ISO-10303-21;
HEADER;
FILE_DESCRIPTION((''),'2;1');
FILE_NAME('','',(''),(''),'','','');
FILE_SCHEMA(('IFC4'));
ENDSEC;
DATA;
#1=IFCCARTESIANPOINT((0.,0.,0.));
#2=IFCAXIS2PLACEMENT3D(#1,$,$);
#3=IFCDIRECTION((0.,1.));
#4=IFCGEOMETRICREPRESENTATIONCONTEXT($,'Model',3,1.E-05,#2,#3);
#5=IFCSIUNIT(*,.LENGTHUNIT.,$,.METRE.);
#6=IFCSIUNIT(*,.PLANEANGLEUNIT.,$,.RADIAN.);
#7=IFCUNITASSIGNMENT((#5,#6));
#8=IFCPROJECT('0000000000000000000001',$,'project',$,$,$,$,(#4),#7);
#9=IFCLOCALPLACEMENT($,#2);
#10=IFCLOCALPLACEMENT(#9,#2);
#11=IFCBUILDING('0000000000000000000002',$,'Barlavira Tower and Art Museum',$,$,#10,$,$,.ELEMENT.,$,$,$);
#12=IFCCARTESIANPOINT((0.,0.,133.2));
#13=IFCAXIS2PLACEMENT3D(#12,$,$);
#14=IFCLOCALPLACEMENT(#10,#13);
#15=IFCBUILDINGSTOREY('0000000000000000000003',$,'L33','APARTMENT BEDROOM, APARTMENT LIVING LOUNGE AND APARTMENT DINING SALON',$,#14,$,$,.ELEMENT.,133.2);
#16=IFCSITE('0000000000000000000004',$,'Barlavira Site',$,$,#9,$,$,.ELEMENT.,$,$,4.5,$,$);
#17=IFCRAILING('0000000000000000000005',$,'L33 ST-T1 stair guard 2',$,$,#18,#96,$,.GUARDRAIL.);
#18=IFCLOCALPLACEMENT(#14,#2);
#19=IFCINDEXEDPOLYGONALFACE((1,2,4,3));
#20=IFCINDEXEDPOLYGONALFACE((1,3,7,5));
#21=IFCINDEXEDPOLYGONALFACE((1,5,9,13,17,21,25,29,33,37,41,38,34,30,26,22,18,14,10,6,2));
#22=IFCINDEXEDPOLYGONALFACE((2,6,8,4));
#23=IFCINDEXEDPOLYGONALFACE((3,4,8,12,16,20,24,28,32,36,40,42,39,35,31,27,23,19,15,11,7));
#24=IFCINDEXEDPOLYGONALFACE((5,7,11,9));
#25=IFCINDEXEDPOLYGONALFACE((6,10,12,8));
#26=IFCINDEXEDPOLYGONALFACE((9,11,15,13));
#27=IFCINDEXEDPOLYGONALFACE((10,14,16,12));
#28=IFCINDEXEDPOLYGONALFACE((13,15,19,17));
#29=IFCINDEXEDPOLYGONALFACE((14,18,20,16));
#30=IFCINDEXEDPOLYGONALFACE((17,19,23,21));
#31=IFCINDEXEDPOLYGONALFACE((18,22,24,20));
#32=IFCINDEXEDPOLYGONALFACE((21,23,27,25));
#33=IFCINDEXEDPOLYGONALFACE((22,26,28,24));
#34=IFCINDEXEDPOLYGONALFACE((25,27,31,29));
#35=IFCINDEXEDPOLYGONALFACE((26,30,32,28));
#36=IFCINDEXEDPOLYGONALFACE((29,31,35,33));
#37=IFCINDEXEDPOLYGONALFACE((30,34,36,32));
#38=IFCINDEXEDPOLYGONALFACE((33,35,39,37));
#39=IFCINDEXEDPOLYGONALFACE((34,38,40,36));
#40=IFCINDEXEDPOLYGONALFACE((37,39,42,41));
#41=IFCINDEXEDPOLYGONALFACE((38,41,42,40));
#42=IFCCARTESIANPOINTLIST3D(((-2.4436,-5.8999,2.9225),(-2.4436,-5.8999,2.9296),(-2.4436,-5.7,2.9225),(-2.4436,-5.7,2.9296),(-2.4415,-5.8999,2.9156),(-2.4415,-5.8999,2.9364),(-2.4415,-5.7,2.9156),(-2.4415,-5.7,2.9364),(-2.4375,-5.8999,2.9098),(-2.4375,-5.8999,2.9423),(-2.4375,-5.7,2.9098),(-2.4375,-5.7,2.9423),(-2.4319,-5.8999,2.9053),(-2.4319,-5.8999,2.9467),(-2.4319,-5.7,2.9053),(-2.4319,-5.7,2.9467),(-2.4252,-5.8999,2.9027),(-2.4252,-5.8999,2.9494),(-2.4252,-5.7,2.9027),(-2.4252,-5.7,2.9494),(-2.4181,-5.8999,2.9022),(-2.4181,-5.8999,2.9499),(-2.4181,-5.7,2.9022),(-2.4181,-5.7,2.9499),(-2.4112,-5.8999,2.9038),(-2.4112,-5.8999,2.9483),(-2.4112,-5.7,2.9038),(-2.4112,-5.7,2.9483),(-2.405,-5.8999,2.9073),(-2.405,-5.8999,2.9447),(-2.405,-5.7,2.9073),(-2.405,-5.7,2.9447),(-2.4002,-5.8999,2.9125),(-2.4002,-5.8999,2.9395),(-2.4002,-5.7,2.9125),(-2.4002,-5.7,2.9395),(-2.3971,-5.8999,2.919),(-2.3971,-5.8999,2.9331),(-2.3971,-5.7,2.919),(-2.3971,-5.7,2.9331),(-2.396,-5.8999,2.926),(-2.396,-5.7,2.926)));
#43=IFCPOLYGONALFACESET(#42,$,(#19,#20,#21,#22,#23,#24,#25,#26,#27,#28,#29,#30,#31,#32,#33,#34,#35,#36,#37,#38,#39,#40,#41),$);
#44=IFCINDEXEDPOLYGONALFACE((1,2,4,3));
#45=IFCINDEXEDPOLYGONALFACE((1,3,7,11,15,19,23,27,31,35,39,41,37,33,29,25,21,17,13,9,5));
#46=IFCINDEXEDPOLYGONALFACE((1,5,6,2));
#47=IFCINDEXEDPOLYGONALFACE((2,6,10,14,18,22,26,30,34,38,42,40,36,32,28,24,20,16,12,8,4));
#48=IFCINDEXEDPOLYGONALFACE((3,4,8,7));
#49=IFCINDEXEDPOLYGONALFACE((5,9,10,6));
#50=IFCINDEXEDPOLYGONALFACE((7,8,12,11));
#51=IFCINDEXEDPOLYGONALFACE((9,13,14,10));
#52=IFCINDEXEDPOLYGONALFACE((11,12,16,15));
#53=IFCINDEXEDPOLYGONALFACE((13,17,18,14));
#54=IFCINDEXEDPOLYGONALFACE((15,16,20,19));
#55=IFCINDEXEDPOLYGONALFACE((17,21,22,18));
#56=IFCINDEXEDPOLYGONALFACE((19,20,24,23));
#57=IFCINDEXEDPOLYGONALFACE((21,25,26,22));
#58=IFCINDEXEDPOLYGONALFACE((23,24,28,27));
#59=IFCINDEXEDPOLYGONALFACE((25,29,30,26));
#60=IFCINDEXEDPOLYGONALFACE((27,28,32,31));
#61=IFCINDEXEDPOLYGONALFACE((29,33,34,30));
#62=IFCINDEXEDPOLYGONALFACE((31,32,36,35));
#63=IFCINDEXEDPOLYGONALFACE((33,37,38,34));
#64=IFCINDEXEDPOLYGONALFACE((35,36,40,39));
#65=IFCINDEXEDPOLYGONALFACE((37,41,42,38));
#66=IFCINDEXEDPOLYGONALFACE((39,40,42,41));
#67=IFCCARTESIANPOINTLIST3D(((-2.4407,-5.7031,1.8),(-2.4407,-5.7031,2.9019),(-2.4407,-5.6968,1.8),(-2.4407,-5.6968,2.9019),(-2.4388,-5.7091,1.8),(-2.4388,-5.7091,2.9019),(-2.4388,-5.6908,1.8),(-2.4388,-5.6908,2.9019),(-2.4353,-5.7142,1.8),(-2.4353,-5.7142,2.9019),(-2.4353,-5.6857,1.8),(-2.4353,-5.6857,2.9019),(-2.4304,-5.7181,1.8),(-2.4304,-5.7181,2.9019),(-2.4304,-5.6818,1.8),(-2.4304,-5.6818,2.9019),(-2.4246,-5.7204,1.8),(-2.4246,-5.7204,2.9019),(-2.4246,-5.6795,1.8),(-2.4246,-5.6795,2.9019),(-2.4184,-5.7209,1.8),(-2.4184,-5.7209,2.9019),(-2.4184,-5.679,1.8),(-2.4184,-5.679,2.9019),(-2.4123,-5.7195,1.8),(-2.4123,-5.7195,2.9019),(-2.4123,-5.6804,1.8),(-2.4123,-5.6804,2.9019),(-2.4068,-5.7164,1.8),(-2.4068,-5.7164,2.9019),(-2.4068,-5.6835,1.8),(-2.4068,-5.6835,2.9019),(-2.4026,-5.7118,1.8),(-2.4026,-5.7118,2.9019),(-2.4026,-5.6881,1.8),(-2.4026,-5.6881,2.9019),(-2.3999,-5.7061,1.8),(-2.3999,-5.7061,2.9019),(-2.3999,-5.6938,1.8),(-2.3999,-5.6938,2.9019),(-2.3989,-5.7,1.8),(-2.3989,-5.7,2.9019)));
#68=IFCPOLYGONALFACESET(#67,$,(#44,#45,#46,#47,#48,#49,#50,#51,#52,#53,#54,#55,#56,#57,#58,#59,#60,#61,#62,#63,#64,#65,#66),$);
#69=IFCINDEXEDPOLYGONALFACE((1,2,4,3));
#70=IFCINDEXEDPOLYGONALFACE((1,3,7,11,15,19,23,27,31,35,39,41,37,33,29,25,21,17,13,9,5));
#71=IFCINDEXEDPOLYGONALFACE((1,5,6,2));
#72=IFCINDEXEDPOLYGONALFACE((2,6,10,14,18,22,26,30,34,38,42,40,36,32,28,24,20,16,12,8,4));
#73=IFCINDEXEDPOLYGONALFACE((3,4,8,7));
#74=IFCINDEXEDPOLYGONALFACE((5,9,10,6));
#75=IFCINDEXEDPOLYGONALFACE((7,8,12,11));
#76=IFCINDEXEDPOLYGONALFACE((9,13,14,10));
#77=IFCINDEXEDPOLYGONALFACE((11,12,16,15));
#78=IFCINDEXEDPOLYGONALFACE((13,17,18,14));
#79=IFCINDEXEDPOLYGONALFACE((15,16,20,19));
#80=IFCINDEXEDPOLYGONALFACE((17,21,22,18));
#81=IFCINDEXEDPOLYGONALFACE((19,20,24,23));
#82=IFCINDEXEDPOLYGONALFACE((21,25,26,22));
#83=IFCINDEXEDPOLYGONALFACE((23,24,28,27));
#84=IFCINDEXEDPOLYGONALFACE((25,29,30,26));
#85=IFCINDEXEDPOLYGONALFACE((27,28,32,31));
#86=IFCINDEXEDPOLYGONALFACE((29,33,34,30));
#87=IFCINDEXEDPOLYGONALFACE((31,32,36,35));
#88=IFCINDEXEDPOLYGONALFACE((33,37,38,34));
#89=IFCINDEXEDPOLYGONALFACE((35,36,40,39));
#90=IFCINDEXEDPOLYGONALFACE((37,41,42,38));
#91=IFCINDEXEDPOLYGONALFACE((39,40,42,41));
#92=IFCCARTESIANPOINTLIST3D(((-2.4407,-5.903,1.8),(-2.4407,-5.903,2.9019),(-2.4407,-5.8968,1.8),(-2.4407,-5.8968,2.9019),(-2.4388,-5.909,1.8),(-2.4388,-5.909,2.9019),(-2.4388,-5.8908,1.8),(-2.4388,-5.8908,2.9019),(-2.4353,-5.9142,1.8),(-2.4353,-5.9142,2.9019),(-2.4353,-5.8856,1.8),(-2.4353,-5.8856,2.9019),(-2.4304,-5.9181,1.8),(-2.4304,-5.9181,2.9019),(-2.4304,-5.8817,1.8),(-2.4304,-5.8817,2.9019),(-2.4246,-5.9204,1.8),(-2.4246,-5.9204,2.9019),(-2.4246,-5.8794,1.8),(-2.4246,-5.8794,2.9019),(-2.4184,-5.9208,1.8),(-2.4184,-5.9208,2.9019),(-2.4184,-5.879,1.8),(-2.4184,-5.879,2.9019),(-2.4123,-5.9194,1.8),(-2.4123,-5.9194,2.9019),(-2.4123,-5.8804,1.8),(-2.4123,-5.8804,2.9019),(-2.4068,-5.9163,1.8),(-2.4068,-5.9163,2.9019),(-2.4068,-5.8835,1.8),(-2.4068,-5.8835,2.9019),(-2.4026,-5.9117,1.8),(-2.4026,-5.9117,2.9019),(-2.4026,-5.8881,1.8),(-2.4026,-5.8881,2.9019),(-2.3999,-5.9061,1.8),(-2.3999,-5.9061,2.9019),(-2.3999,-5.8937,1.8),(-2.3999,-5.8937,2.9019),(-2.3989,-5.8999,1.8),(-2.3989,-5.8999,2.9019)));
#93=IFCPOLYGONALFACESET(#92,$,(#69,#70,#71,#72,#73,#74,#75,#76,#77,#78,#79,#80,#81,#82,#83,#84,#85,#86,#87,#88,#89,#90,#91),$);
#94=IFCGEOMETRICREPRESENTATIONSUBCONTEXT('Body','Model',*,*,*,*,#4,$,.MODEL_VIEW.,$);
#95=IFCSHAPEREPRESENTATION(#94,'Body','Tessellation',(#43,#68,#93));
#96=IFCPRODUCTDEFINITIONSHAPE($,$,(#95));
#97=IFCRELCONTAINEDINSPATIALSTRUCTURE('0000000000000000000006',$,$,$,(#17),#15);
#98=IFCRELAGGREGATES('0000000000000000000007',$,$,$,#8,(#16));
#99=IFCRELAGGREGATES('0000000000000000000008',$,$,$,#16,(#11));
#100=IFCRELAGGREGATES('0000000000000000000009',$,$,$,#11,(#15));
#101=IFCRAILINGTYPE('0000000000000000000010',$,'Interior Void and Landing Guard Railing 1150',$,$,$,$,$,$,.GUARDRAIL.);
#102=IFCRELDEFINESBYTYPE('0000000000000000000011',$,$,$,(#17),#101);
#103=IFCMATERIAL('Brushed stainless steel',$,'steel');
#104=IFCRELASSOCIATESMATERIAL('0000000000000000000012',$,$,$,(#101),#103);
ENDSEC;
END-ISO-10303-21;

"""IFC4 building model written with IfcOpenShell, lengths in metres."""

from ifc_helpers import new_model, si_unit, direction, frame, origin, origin_2d, place, context, subcontext, project, spatial, circle, extrude, material, type_object, element, save


model = new_model("IFC4")

# Units and contexts
model_context = context("Model", 3, precision=1e-05, world=origin(), true_north=direction((0.0, 1.0)))
body_context = subcontext(model_context, "Body", "Model", "MODEL_VIEW")
ifc_project = project(units=[si_unit("LENGTHUNIT", "METRE"), si_unit("PLANEANGLEUNIT", "RADIAN")], contexts=[model_context])

# Site, building, storey
site_placement = place(None, origin())
site = spatial("IfcSite", under=ifc_project, at=site_placement, Name="Barlavira Site", CompositionType="ELEMENT", RefElevation=4.5)
building_placement = place(site_placement, origin())
building = spatial("IfcBuilding", under=site, at=building_placement, Name="Barlavira Tower and Art Museum", CompositionType="ELEMENT")
storey_placement = place(building_placement, frame((0.0, 0.0, 133.2)))
storey = spatial("IfcBuildingStorey", under=building, at=storey_placement, Name="L33", Description="APARTMENT BEDROOM, APARTMENT LIVING LOUNGE AND APARTMENT DINING SALON", CompositionType="ELEMENT", Elevation=133.2)

# Shared definitions
ifc_material_1 = material(Name="Brushed stainless steel", Category="steel")

# Railing
railing_type_1 = type_object("IfcRailingType", Name="Interior Void and Landing Guard Railing 1150", PredefinedType="GUARDRAIL", material=ifc_material_1)
railing_1_placement = place(storey_placement, frame((-2.4199, -5.7, 1.8)))
element("IfcRailing", 1, at=railing_1_placement, inside=storey, type_object=railing_type_1, Name="L33 ST-T1 stair guard 2", PredefinedType="GUARDRAIL", context=body_context, shape_type="SweptSolid", body=[
    extrude(circle(Radius=0.0239, at=origin_2d()), frame((0.0, 0.0, 1.126), z_axis=(0.0, -1.0, 0.0), x_axis=(1.0, 0.0, 0.0)), (0.0, 0.0, 1.0), 0.2),
    extrude(circle(Radius=0.021, at=origin_2d()), origin(), (0.0, 0.0, 1.0), 1.1018),
    extrude(circle(Radius=0.021, at=origin_2d()), frame((0.0, -0.2, 0.0)), (0.0, 0.0, 1.0), 1.1018),
])

save(model, "model.ifc")
